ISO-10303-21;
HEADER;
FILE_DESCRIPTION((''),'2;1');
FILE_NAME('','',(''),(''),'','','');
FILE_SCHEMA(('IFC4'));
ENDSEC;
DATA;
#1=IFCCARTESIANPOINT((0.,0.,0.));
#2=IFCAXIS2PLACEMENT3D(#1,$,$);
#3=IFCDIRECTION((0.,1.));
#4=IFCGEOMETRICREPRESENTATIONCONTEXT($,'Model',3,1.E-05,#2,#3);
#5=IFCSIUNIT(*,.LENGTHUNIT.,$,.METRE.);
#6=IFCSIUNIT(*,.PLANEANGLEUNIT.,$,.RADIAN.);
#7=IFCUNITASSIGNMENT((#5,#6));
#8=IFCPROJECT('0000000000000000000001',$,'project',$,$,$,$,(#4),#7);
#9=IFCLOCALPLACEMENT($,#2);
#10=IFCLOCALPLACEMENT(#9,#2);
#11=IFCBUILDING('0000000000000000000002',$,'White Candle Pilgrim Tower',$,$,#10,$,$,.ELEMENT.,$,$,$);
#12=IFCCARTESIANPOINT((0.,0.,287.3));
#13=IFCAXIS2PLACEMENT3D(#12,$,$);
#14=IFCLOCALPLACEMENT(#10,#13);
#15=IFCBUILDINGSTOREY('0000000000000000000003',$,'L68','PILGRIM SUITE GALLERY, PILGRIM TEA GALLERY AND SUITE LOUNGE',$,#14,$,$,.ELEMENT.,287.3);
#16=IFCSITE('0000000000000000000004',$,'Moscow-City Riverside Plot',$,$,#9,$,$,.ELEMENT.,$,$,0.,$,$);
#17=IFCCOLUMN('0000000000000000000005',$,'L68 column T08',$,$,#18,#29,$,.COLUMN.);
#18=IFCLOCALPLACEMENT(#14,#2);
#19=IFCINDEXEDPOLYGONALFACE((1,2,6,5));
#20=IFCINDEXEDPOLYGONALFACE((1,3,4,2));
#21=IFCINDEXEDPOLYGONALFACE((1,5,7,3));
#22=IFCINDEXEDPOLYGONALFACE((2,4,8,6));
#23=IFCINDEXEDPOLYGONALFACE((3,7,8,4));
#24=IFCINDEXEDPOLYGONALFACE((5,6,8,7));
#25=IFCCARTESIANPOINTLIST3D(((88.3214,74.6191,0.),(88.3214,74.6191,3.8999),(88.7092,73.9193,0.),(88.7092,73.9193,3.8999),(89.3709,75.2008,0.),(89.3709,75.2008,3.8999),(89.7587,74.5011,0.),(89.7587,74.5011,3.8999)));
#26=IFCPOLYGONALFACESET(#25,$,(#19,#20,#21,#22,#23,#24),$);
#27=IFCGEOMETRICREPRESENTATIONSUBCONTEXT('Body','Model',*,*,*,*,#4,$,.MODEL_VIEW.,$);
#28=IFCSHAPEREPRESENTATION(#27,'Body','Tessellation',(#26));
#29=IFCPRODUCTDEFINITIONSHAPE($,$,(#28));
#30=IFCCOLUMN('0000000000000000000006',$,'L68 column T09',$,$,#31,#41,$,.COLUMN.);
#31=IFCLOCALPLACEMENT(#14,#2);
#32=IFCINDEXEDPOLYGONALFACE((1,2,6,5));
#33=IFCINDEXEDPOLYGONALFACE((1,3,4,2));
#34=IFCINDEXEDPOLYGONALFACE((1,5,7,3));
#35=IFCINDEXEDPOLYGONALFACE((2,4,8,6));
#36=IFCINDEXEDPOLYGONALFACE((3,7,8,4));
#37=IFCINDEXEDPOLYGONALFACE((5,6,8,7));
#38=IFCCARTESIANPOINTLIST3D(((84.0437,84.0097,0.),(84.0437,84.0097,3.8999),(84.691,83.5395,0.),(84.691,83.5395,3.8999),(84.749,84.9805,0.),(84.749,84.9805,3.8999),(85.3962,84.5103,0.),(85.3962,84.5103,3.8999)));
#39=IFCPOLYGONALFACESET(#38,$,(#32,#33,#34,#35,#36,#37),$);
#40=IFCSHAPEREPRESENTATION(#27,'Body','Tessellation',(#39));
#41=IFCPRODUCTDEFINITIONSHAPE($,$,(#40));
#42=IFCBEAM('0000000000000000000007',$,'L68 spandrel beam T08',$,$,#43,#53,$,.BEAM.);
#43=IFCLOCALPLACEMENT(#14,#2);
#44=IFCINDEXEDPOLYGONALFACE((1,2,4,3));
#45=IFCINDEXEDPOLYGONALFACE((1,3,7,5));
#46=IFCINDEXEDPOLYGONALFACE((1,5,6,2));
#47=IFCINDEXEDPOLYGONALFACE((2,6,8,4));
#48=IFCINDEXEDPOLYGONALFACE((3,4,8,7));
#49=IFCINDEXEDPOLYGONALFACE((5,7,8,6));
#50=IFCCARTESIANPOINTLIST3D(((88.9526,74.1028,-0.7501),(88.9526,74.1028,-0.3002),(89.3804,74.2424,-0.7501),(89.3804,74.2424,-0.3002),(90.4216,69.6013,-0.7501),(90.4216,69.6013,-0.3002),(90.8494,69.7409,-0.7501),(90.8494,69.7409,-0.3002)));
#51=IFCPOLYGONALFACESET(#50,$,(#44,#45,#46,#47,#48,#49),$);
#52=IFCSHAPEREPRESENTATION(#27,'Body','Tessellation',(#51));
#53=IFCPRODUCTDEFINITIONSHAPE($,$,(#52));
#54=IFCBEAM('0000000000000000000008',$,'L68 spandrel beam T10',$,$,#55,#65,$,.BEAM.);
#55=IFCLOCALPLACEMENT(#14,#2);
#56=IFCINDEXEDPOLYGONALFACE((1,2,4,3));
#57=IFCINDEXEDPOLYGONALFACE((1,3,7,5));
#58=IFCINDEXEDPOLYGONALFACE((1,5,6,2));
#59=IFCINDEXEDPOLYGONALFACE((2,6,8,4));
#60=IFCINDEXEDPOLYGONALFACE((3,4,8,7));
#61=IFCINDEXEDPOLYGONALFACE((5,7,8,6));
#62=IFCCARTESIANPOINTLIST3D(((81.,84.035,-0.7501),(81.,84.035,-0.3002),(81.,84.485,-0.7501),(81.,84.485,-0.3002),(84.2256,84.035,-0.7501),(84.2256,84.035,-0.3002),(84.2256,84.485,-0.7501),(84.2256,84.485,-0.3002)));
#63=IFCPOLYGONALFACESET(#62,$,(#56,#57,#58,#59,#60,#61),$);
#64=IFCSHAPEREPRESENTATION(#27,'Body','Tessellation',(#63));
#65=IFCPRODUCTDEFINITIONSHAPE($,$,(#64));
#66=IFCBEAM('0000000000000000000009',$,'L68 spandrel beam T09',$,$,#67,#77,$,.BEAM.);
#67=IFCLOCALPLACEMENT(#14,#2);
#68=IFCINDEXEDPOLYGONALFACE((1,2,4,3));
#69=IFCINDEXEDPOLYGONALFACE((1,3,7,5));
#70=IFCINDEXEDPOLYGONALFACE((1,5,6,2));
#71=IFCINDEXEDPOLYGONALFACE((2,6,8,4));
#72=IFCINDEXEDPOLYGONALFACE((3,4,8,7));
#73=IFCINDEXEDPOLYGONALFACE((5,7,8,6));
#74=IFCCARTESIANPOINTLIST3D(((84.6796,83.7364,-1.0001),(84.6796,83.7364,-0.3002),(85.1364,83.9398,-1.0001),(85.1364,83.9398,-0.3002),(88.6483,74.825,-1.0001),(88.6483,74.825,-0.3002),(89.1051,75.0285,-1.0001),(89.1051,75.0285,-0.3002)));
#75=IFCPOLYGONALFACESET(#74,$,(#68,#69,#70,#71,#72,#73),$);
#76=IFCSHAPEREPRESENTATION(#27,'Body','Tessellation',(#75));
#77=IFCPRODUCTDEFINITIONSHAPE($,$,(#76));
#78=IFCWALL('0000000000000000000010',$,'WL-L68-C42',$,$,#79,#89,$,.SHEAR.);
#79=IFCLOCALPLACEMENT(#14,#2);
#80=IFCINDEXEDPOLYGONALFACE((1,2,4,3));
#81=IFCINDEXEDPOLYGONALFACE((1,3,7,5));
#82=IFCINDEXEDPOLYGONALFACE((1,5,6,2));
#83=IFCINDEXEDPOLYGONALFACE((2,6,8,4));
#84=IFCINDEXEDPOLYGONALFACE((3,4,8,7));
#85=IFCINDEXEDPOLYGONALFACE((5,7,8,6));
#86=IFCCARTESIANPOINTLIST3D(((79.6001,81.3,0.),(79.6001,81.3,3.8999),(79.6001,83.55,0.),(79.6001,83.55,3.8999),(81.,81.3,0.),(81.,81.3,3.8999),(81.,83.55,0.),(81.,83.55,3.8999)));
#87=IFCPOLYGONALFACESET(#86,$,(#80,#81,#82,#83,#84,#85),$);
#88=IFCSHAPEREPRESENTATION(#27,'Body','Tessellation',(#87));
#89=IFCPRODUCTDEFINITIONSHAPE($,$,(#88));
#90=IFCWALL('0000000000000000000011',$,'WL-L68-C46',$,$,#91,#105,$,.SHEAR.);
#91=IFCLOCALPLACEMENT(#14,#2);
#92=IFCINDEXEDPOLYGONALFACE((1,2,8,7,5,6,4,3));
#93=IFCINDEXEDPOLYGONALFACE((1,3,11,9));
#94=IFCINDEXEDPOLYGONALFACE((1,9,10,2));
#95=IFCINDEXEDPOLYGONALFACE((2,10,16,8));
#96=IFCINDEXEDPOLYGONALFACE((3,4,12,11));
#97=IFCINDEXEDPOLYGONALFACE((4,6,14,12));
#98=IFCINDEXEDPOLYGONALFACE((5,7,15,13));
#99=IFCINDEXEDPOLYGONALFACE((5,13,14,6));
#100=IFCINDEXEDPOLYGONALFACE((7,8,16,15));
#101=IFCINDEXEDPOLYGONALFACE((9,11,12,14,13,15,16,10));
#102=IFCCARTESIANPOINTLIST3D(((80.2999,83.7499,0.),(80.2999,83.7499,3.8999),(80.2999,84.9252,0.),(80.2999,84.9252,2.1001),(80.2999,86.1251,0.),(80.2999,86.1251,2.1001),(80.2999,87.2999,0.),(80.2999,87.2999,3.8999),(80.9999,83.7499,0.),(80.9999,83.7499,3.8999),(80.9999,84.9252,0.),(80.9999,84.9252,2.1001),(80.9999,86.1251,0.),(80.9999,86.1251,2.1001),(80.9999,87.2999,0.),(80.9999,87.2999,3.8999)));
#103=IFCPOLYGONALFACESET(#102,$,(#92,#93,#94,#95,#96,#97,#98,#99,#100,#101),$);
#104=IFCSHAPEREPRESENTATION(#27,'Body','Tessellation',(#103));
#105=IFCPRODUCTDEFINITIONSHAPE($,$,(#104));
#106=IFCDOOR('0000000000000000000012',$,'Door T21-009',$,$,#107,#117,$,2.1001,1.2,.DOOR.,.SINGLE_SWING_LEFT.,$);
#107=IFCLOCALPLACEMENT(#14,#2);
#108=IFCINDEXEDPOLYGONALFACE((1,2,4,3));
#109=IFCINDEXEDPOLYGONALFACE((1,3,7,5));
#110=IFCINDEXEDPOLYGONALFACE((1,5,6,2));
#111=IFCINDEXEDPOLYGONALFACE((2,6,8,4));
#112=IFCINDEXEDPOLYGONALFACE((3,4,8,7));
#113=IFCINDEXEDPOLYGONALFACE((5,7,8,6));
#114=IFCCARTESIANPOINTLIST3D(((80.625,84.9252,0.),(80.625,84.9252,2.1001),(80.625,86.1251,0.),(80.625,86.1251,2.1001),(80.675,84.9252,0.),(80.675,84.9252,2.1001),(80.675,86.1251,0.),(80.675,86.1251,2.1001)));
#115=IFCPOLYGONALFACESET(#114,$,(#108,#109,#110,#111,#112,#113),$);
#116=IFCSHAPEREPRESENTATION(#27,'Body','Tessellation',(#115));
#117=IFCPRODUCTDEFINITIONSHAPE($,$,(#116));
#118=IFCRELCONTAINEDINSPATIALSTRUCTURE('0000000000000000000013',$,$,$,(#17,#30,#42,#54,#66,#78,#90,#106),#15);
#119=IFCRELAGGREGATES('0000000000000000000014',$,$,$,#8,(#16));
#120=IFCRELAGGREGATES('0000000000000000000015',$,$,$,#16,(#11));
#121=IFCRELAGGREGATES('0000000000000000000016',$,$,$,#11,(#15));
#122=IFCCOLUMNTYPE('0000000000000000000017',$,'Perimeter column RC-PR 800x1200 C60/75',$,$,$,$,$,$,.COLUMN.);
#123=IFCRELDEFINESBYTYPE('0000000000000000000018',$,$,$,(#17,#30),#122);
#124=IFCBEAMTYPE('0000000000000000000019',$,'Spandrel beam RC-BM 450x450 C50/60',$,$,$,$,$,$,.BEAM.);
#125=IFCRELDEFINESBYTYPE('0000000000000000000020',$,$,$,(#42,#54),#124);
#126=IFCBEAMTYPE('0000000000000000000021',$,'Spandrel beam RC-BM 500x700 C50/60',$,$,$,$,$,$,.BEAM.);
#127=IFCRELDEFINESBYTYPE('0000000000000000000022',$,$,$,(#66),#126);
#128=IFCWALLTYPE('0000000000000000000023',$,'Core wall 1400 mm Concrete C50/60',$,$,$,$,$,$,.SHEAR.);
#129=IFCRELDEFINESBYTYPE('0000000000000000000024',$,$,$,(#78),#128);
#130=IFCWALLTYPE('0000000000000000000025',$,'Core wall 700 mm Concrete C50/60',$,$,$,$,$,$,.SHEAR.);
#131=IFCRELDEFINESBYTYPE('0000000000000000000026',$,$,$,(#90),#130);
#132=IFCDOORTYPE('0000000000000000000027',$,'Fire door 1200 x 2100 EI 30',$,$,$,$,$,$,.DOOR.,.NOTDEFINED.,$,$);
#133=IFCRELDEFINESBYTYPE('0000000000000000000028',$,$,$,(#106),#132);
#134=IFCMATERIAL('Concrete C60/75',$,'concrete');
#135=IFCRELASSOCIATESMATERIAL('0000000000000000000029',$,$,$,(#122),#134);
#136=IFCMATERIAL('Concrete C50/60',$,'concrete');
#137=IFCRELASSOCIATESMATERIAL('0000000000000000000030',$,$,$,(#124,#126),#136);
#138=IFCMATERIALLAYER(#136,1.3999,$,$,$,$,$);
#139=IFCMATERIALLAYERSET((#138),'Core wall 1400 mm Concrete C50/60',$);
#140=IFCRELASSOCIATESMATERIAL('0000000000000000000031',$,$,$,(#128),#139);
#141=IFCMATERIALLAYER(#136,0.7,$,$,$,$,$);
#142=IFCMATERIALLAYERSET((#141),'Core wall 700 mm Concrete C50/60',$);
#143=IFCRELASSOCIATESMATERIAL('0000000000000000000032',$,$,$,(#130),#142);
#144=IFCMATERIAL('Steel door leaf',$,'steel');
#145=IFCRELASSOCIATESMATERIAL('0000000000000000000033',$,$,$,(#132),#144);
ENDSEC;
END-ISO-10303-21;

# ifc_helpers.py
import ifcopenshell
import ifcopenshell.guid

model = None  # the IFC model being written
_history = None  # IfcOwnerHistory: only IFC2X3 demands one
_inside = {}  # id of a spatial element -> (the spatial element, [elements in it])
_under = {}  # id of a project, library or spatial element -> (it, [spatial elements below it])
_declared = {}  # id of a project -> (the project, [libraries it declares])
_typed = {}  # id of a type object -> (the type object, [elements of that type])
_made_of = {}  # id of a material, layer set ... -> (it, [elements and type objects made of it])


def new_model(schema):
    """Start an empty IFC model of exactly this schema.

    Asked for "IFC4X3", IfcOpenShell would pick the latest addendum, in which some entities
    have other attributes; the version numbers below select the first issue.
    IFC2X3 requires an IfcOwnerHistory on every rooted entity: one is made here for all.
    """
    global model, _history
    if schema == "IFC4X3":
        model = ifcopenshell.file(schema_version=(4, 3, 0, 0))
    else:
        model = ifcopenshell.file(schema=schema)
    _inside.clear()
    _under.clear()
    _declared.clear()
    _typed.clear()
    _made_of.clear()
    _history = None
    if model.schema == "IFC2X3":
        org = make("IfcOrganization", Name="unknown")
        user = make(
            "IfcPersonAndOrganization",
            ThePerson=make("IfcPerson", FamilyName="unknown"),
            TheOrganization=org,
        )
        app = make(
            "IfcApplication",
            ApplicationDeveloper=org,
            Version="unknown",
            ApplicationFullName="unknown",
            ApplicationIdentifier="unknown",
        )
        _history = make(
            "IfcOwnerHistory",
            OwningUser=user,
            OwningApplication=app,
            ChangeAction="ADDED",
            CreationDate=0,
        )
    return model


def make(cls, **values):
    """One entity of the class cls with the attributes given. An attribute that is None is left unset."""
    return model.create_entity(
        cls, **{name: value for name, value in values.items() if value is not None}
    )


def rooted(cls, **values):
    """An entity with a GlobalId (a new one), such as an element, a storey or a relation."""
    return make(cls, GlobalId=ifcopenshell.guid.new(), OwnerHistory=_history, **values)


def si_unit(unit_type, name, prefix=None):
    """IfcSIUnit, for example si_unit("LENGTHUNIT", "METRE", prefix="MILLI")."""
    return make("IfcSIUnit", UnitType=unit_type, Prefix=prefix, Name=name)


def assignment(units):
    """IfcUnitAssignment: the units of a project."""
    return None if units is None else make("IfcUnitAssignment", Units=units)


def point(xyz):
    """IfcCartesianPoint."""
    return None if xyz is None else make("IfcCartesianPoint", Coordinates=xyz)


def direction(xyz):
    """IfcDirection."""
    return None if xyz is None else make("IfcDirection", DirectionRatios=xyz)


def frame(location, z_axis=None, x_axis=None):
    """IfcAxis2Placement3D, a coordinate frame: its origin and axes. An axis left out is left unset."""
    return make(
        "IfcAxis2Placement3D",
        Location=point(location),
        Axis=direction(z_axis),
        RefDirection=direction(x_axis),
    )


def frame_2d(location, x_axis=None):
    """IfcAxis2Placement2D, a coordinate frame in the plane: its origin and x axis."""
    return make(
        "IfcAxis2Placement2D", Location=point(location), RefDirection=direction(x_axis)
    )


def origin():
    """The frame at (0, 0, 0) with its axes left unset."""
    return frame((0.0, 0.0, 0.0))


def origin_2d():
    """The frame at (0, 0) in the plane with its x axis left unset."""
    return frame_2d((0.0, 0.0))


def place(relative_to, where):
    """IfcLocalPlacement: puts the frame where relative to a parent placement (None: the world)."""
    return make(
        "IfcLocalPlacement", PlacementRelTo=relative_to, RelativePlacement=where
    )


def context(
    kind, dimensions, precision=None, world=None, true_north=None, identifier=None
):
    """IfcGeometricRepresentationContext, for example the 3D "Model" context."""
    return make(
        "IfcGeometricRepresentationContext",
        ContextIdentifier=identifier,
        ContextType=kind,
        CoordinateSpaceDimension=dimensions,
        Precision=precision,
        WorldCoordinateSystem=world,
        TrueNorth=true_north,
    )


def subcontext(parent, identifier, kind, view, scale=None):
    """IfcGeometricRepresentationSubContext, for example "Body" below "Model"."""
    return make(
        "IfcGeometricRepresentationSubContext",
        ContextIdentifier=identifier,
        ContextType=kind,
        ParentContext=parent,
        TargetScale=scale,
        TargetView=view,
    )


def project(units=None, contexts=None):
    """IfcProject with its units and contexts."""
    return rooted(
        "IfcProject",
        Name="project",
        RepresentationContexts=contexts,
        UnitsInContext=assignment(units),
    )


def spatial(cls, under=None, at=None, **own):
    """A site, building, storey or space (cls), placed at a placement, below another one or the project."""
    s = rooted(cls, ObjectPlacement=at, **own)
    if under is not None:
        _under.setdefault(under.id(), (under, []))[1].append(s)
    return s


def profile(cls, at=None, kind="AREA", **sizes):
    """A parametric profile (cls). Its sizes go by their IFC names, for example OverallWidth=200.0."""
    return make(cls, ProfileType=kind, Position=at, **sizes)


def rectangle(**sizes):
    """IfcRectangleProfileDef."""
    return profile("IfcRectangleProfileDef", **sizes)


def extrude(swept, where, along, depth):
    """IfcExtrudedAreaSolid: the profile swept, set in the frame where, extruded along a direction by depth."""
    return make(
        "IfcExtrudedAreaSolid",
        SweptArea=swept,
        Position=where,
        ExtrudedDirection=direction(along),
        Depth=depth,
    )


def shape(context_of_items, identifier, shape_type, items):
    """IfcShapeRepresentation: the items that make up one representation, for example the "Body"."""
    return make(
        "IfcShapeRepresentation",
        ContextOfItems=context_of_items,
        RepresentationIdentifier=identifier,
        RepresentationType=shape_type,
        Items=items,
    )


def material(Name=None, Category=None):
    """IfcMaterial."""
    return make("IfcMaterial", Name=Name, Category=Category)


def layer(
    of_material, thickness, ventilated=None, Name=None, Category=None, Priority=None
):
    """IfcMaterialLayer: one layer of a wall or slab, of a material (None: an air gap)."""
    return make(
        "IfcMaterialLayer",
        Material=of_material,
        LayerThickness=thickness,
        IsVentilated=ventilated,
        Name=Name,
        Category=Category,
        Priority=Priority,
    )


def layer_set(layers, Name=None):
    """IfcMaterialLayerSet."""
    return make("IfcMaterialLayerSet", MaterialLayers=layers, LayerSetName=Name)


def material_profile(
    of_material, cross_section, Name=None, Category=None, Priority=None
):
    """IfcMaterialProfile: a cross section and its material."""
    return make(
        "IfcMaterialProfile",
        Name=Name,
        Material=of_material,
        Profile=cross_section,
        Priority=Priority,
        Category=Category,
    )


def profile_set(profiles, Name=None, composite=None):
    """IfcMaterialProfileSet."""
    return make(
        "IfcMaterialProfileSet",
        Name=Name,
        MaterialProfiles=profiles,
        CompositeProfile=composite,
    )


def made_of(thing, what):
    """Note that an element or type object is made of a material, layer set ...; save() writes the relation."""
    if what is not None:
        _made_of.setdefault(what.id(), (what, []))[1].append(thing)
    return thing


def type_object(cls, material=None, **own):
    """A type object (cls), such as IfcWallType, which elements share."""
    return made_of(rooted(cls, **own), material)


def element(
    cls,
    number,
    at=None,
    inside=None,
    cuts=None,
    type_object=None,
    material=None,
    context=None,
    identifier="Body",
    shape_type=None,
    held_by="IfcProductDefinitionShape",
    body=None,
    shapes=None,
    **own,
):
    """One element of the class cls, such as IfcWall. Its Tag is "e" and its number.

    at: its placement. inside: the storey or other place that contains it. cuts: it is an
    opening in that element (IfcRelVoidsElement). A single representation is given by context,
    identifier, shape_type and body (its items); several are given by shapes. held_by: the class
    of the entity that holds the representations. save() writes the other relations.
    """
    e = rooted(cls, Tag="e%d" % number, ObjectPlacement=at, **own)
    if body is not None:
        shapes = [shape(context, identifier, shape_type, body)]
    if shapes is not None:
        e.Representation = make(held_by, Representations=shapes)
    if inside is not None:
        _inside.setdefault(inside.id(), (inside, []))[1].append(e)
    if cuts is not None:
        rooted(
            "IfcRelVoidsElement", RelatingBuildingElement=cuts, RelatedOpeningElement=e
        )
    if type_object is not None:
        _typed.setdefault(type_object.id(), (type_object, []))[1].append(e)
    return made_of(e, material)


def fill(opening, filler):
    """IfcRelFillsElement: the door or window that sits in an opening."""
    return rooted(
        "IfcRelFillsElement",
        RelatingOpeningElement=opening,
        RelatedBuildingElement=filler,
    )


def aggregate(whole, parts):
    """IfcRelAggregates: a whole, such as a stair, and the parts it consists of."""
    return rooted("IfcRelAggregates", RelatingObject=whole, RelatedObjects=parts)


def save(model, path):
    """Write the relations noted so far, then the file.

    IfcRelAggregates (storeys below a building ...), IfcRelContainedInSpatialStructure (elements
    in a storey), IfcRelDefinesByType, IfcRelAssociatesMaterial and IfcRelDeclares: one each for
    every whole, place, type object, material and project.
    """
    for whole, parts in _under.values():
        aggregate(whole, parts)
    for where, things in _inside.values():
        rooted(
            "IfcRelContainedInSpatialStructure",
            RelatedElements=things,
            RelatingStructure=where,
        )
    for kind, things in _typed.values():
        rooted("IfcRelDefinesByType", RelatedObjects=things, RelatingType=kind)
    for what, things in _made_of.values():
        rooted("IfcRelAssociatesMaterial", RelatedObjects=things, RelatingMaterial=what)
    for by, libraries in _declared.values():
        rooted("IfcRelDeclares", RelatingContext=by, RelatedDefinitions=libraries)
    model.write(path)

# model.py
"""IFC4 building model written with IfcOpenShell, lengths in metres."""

from ifc_helpers import new_model, si_unit, direction, frame, frame_2d, origin, origin_2d, place, context, subcontext, project, spatial, rectangle, extrude, material, layer, layer_set, material_profile, profile_set, type_object, element, fill, save


model = new_model("IFC4")

# Units and contexts
model_context = context("Model", 3, precision=1e-05, world=origin(), true_north=direction((0.0, 1.0)))
body_context = subcontext(model_context, "Body", "Model", "MODEL_VIEW")
ifc_project = project(units=[si_unit("LENGTHUNIT", "METRE"), si_unit("PLANEANGLEUNIT", "RADIAN")], contexts=[model_context])

# Site, building, storey
site_placement = place(None, origin())
site = spatial("IfcSite", under=ifc_project, at=site_placement, Name="Moscow-City Riverside Plot", CompositionType="ELEMENT", RefElevation=0.0)
building_placement = place(site_placement, origin())
building = spatial("IfcBuilding", under=site, at=building_placement, Name="White Candle Pilgrim Tower", CompositionType="ELEMENT")
storey_placement = place(building_placement, frame((0.0, 0.0, 287.3)))
storey = spatial("IfcBuildingStorey", under=building, at=storey_placement, Name="L68", Description="PILGRIM SUITE GALLERY, PILGRIM TEA GALLERY AND SUITE LOUNGE", CompositionType="ELEMENT", Elevation=287.3)

# Columns
ifc_material_1 = material(Name="Concrete C60/75", Category="concrete")
ifc_material_profile_1 = material_profile(ifc_material_1, rectangle(XDim=0.8, YDim=1.2, at=origin_2d()), Name="RC-PR 800x1200")
ifc_profile_set_1 = profile_set([ifc_material_profile_1], Name="Concrete C60/75")
column_type = type_object("IfcColumnType", Name="Perimeter column RC-PR 800x1200 C60/75", PredefinedType="COLUMN", material=ifc_profile_set_1)
for number, where, z_axis, x_axis, name in (
    (1, (89.04, 74.5601, 0.0), (0.0, 0.0, 1.0), (0.48481, -0.87462, 0.0), "L68 column T08"),
    (2, (84.72, 84.26, 0.0), (0.0, 0.0, 1.0), (0.809027, -0.587771, 0.0), "L68 column T09"),
):
    element("IfcColumn", number, at=place(storey_placement, frame(where, z_axis=z_axis, x_axis=x_axis)), inside=storey, type_object=column_type, Name=name, PredefinedType="COLUMN", context=body_context, shape_type="SweptSolid", body=[
        extrude(rectangle(XDim=0.8, YDim=1.2, at=origin_2d()), origin(), (0.0, 0.0, 1.0), 3.8999),
    ])

# Beams
ifc_material_2 = material(Name="Concrete C50/60", Category="concrete")
ifc_material_profile_2 = material_profile(ifc_material_2, rectangle(XDim=0.45, YDim=0.45, at=origin_2d()), Name="RC-BM 450x450")
ifc_profile_set_2 = profile_set([ifc_material_profile_2], Name="Concrete C50/60")
beam_type_1 = type_object("IfcBeamType", Name="Spandrel beam RC-BM 450x450 C50/60", PredefinedType="BEAM", material=ifc_profile_set_2)
beam_1_placement = place(storey_placement, frame((90.6355, 69.6711, -0.5251), z_axis=(-0.310235, 0.95066, 0.0), x_axis=(-0.95066, -0.310235, 0.0)))
element("IfcBeam", 3, at=beam_1_placement, inside=storey, type_object=beam_type_1, Name="L68 spandrel beam T08", PredefinedType="BEAM", context=body_context, shape_type="SweptSolid", body=[
    extrude(rectangle(XDim=0.45, YDim=0.45, at=origin_2d()), origin(), (0.0, 0.0, 1.0), 4.7351),
])
beam_2_placement = place(storey_placement, frame((84.2256, 84.26, -0.5251), z_axis=(-1.0, 0.0, 0.0), x_axis=(0.0, -1.0, 0.0)))
element("IfcBeam", 4, at=beam_2_placement, inside=storey, type_object=beam_type_1, Name="L68 spandrel beam T10", PredefinedType="BEAM", context=body_context, shape_type="SweptSolid", body=[
    extrude(rectangle(XDim=0.45, YDim=0.45, at=origin_2d()), origin(), (0.0, 0.0, 1.0), 3.2256),
])
ifc_material_profile_3 = material_profile(ifc_material_2, rectangle(XDim=0.5, YDim=0.7, at=origin_2d()), Name="RC-BM 500x700")
ifc_profile_set_3 = profile_set([ifc_material_profile_3], Name="Concrete C50/60")
beam_type_2 = type_object("IfcBeamType", Name="Spandrel beam RC-BM 500x700 C50/60", PredefinedType="BEAM", material=ifc_profile_set_3)
beam_3_placement = place(storey_placement, frame((88.8767, 74.9268, -0.6501), z_axis=(-0.406835, 0.913502, 0.0), x_axis=(-0.913502, -0.406835, 0.0)))
element("IfcBeam", 5, at=beam_3_placement, inside=storey, type_object=beam_type_2, Name="L68 spandrel beam T09", PredefinedType="BEAM", context=body_context, shape_type="SweptSolid", body=[
    extrude(rectangle(XDim=0.5, YDim=0.7, at=origin_2d()), origin(), (0.0, 0.0, 1.0), 9.7551),
])

# Wall
ifc_layer_1 = layer(ifc_material_2, 1.3999)
ifc_layer_set_1 = layer_set([ifc_layer_1], Name="Core wall 1400 mm Concrete C50/60")
wall_type_1 = type_object("IfcWallType", Name="Core wall 1400 mm Concrete C50/60", PredefinedType="SHEAR", material=ifc_layer_set_1)
wall_1_placement = place(storey_placement, frame((80.3, 81.3, 0.0), z_axis=(0.0, 0.0, 1.0), x_axis=(0.0, 1.0, 0.0)))
element("IfcWall", 6, at=wall_1_placement, inside=storey, type_object=wall_type_1, Name="WL-L68-C42", PredefinedType="SHEAR", context=body_context, shape_type="SweptSolid", body=[
    extrude(rectangle(XDim=2.25, YDim=1.3999, at=frame_2d((1.125, 0.0))), origin(), (0.0, 0.0, 1.0), 3.8999),
])

# Wall, opening, door
ifc_layer_2 = layer(ifc_material_2, 0.7)
ifc_layer_set_2 = layer_set([ifc_layer_2], Name="Core wall 700 mm Concrete C50/60")
wall_type_2 = type_object("IfcWallType", Name="Core wall 700 mm Concrete C50/60", PredefinedType="SHEAR", material=ifc_layer_set_2)
wall_2_placement = place(storey_placement, frame((80.6499, 83.75, 0.0), z_axis=(0.0, 0.0, 1.0), x_axis=(0.0, 1.0, 0.0)))
wall_2 = element("IfcWall", 7, at=wall_2_placement, inside=storey, type_object=wall_type_2, Name="WL-L68-C46", PredefinedType="SHEAR", context=body_context, shape_type="SweptSolid", body=[
    extrude(rectangle(XDim=3.55, YDim=0.7, at=frame_2d((1.7749, 0.0))), origin(), (0.0, 0.0, 1.0), 3.8999),
])
opening_1_placement = place(wall_2_placement, frame((1.175, 0.0, 0.0)))
opening_1 = element("IfcOpeningElement", 8, at=opening_1_placement, cuts=wall_2, PredefinedType="OPENING", context=body_context, shape_type="SweptSolid", body=[
    extrude(rectangle(XDim=1.2, YDim=2.1001, at=frame_2d((0.6001, 1.05))), frame((0.0, 0.3599, 0.0), z_axis=(0.0, -1.0, 0.0), x_axis=(1.0, 0.0, 0.0)), (0.0, 0.0, 1.0), 0.72),
])
ifc_material_3 = material(Name="Steel door leaf", Category="steel")
door_type_1 = type_object("IfcDoorType", Name="Fire door 1200 x 2100 EI 30", OperationType="NOTDEFINED", PredefinedType="DOOR", material=ifc_material_3)
door_1_placement = place(opening_1_placement, origin())
door_1 = element("IfcDoor", 9, at=door_1_placement, inside=storey, type_object=door_type_1, Name="Door T21-009", OperationType="SINGLE_SWING_LEFT", OverallHeight=2.1001, OverallWidth=1.2, PredefinedType="DOOR", context=body_context, shape_type="SweptSolid", body=[
    extrude(rectangle(XDim=1.2, YDim=2.1001, at=frame_2d((0.6001, 1.05))), frame((0.0, 0.0249, 0.0), z_axis=(0.0, -1.0, 0.0), x_axis=(1.0, 0.0, 0.0)), (0.0, 0.0, 1.0), 0.05),
])
fill(opening_1, door_1)

save(model, "model.ifc")
